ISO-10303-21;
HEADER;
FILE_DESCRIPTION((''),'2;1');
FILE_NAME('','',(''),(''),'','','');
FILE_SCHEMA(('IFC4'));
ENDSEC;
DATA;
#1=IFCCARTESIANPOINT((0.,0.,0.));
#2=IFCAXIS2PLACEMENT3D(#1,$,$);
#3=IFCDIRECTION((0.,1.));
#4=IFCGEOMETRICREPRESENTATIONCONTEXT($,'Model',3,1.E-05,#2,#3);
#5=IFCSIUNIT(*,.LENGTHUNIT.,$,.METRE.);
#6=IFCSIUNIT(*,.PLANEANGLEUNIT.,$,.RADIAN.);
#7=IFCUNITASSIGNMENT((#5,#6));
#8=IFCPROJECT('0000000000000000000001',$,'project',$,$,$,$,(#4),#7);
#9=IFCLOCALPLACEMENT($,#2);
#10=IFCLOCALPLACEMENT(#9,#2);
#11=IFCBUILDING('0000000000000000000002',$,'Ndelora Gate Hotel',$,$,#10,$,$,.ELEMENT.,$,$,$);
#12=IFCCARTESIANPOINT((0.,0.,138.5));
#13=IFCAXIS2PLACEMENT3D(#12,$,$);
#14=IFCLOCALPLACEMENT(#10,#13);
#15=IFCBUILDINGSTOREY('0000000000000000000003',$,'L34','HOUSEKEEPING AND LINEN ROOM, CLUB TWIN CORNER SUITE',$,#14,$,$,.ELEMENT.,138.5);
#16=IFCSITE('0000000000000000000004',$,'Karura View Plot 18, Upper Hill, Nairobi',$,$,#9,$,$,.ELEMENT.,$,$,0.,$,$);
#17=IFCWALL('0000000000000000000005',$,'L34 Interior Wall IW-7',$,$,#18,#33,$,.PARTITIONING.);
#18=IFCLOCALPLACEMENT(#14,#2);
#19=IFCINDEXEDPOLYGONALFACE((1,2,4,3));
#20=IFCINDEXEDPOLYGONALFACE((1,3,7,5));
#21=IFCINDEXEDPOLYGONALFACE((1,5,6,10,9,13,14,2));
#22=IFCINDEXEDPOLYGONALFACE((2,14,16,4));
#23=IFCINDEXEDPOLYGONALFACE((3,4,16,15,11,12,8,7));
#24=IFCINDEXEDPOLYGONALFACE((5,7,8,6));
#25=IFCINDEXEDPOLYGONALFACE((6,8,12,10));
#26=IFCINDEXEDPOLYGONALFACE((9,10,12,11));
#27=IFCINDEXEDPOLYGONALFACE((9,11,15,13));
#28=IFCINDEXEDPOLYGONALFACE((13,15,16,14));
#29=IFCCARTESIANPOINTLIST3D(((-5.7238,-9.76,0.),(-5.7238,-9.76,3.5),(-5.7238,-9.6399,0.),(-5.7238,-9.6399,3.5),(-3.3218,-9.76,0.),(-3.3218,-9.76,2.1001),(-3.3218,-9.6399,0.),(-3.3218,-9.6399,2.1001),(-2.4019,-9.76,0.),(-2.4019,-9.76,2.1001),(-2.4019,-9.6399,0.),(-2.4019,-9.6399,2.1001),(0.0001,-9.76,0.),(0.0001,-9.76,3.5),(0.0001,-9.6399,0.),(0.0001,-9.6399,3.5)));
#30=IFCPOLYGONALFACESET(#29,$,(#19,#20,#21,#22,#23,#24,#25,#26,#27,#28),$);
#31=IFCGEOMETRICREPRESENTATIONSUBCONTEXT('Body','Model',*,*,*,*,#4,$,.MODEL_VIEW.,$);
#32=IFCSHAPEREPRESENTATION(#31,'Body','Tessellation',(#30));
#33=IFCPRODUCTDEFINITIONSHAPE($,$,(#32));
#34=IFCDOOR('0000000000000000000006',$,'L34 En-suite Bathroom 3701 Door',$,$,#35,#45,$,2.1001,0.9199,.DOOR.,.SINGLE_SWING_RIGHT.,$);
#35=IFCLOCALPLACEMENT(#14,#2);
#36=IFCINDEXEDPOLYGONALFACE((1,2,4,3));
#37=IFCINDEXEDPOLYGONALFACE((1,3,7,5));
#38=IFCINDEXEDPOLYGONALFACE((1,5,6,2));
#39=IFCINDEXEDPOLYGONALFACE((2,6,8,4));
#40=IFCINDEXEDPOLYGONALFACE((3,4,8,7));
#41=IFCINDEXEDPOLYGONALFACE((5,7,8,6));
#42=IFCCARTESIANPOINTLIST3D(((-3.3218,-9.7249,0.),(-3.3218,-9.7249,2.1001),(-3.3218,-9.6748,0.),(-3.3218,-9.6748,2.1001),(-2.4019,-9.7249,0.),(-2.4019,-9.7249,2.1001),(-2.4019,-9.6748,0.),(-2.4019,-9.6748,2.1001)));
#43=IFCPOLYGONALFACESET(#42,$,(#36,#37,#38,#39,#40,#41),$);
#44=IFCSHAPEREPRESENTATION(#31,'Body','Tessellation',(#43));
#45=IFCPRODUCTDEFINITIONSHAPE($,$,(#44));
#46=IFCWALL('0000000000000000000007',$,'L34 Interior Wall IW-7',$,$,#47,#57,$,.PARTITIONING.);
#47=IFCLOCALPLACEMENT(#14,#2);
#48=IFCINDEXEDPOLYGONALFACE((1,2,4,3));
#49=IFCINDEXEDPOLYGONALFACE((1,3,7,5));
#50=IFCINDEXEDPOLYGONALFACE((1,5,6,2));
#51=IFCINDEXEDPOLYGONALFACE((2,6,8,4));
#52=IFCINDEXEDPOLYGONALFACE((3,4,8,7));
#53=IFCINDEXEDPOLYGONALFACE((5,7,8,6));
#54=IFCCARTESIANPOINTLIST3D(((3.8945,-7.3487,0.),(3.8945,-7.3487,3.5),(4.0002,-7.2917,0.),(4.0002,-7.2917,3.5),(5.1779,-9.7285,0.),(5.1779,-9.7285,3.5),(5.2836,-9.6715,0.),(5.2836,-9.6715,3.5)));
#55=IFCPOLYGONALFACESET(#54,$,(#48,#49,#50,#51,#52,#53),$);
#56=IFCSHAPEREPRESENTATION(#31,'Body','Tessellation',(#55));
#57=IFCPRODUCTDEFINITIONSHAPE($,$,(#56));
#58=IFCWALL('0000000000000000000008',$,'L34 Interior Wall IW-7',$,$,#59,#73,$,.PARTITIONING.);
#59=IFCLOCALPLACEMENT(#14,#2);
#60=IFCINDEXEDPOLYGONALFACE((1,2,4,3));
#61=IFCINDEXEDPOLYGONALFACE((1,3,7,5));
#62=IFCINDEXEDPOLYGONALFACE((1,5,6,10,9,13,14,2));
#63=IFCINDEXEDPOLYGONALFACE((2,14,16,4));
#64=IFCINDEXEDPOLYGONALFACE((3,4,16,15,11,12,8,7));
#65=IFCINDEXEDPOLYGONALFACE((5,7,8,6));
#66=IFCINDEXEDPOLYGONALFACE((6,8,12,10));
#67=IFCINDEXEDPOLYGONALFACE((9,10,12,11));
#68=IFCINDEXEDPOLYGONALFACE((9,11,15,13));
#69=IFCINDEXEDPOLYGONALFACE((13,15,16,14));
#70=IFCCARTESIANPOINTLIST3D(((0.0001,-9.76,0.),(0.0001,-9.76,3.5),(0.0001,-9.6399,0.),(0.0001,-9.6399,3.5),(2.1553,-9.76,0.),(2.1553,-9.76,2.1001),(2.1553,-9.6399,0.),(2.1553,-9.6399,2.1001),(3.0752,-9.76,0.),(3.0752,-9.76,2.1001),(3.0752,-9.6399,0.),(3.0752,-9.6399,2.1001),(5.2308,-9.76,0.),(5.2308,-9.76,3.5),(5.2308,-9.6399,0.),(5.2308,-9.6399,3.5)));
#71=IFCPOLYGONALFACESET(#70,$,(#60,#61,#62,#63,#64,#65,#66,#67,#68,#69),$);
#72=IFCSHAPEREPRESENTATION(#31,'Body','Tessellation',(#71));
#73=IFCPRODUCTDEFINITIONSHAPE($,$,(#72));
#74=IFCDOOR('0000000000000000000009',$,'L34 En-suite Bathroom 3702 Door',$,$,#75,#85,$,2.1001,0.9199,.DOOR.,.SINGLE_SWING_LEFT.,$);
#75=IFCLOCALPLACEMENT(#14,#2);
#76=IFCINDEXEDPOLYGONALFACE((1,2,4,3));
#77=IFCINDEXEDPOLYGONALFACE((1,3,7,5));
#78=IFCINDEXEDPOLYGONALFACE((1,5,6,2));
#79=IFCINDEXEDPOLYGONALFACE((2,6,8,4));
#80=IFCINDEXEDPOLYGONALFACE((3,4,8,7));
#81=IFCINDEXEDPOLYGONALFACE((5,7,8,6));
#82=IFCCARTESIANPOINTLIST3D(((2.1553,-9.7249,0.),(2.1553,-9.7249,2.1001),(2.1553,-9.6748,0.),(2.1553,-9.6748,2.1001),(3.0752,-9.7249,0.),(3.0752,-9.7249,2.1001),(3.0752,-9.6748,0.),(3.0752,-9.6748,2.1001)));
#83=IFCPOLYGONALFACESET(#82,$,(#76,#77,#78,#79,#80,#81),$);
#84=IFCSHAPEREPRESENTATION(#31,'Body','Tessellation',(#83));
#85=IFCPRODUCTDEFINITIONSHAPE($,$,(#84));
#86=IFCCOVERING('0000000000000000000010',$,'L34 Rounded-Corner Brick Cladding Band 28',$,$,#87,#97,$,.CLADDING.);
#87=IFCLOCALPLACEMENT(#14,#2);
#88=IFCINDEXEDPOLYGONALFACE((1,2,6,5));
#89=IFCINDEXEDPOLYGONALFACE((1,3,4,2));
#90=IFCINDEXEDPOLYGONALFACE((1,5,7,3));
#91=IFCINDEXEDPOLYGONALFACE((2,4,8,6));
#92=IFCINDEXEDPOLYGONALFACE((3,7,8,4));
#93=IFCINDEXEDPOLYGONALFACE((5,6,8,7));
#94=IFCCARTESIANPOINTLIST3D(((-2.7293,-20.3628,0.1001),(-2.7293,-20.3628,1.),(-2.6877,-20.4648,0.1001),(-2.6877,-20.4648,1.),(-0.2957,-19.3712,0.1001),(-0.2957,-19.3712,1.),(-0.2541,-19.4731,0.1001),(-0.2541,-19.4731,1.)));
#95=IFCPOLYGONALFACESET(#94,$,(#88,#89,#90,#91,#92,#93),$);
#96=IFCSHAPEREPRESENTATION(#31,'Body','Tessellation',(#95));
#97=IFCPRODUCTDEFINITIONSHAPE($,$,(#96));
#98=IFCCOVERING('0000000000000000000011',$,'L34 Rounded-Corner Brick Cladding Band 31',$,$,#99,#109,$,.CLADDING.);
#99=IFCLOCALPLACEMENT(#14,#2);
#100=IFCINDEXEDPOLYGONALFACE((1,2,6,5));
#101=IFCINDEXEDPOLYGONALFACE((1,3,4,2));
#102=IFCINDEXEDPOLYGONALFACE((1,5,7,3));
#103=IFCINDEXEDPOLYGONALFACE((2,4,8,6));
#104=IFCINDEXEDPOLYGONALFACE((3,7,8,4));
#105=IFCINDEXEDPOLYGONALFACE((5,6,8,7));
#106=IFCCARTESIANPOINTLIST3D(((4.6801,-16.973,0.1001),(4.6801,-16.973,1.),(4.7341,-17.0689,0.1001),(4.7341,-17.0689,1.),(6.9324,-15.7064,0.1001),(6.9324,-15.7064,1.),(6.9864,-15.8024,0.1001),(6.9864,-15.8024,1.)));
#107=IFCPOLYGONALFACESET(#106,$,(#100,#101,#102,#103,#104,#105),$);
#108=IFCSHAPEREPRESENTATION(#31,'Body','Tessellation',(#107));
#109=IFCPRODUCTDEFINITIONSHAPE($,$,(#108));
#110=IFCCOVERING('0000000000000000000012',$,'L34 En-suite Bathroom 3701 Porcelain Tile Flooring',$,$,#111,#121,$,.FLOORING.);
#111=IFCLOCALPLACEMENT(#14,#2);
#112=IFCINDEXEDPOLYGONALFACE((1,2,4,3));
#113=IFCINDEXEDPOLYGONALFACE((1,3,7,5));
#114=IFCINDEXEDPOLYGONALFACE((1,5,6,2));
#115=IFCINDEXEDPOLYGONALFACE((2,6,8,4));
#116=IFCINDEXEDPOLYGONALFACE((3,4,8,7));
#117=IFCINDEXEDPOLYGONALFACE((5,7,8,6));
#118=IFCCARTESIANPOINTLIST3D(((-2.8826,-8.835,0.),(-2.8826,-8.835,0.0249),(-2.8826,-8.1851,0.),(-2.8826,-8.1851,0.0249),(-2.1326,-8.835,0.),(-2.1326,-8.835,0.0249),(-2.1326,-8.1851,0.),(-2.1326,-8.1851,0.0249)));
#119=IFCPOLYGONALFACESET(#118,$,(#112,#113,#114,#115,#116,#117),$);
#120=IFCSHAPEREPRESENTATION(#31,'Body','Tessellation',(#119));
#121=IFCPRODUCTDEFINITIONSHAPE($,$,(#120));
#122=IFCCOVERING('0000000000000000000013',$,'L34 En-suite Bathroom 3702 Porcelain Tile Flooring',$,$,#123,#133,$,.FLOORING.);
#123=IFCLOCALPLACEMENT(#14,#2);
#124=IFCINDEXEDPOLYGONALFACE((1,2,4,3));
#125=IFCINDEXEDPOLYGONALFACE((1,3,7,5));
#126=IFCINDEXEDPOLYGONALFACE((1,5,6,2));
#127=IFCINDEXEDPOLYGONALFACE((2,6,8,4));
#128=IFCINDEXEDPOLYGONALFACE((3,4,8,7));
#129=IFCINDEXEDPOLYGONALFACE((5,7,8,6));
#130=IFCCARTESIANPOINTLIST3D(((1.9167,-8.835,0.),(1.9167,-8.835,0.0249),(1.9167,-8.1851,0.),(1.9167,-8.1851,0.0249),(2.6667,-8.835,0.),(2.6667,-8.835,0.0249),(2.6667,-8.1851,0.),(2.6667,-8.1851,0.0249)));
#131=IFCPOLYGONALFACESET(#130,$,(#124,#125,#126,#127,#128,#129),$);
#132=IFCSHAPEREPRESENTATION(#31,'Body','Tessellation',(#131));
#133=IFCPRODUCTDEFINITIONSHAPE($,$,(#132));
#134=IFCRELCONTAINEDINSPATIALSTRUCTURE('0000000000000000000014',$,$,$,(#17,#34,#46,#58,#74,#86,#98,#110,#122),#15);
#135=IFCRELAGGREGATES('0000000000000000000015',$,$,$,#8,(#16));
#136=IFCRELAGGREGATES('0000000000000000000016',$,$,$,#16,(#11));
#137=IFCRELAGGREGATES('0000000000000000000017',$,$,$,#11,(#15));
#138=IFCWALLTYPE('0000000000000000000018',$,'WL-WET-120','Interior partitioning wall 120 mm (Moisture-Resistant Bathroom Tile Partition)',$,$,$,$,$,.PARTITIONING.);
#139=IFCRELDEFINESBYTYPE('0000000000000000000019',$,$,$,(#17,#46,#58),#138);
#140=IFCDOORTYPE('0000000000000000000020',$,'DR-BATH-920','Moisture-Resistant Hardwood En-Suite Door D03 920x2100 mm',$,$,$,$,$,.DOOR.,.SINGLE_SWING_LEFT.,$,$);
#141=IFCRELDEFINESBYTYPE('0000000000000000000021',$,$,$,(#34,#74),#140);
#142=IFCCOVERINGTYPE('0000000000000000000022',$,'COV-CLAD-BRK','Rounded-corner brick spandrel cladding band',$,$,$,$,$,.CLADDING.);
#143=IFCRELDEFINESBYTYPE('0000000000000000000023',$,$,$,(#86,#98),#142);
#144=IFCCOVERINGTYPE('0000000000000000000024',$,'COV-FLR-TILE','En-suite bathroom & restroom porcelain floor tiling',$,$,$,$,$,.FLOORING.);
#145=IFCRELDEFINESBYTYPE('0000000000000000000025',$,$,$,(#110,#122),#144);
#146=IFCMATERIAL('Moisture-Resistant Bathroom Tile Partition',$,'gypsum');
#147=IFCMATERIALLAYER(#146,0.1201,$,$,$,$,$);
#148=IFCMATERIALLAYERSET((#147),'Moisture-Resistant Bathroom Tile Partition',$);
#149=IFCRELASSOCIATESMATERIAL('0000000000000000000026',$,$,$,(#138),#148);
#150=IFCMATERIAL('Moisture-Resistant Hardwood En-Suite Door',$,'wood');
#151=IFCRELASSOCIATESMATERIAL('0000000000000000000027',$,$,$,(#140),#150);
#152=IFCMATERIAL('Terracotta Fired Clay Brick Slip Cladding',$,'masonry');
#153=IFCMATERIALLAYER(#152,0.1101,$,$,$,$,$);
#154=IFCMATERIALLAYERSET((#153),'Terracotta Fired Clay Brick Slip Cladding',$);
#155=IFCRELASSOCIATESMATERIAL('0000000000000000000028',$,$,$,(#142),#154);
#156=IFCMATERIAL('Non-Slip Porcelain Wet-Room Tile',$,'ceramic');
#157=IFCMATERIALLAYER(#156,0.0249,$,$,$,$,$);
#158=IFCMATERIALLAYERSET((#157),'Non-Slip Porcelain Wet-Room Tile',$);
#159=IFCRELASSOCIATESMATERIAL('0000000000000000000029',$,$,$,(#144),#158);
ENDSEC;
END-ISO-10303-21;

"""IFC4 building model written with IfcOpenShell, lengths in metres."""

from ifc_helpers import new_model, si_unit, direction, frame, frame_2d, origin, origin_2d, place, context, subcontext, project, spatial, rectangle, extrude, material, layer, layer_set, type_object, element, fill, save


model = new_model("IFC4")

# Units and contexts
model_context = context("Model", 3, precision=1e-05, world=origin(), true_north=direction((0.0, 1.0)))
body_context = subcontext(model_context, "Body", "Model", "MODEL_VIEW")
ifc_project = project(units=[si_unit("LENGTHUNIT", "METRE"), si_unit("PLANEANGLEUNIT", "RADIAN")], contexts=[model_context])

# Site, building, storey
site_placement = place(None, origin())
site = spatial("IfcSite", under=ifc_project, at=site_placement, Name="Karura View Plot 18, Upper Hill, Nairobi", CompositionType="ELEMENT", RefElevation=0.0)
building_placement = place(site_placement, origin())
building = spatial("IfcBuilding", under=site, at=building_placement, Name="Ndelora Gate Hotel", CompositionType="ELEMENT")
storey_placement = place(building_placement, frame((0.0, 0.0, 138.5)))
storey = spatial("IfcBuildingStorey", under=building, at=storey_placement, Name="L34", Description="HOUSEKEEPING AND LINEN ROOM, CLUB TWIN CORNER SUITE", CompositionType="ELEMENT", Elevation=138.5)

# Wall, opening, door
ifc_material_1 = material(Name="Moisture-Resistant Bathroom Tile Partition", Category="gypsum")
ifc_layer_1 = layer(ifc_material_1, 0.1201)
ifc_layer_set_1 = layer_set([ifc_layer_1], Name="Moisture-Resistant Bathroom Tile Partition")
wall_type_1 = type_object("IfcWallType", Name="WL-WET-120", Description="Interior partitioning wall 120 mm (Moisture-Resistant Bathroom Tile Partition)", PredefinedType="PARTITIONING", material=ifc_layer_set_1)
wall_1_placement = place(storey_placement, frame((0.0, -9.7, 0.0), z_axis=(0.0, 0.0, 1.0), x_axis=(-1.0, 0.0, 0.0)))
wall_1 = element("IfcWall", 1, at=wall_1_placement, inside=storey, type_object=wall_type_1, Name="L34 Interior Wall IW-7", PredefinedType="PARTITIONING", context=body_context, shape_type="SweptSolid", body=[
    extrude(rectangle(XDim=5.7239, YDim=0.1201, at=frame_2d((2.8618, 0.0))), origin(), (0.0, 0.0, 1.0), 3.5),
])
opening_1_placement = place(wall_1_placement, frame((2.4019, 0.0, 0.0)))
opening_1 = element("IfcOpeningElement", 2, at=opening_1_placement, cuts=wall_1, PredefinedType="OPENING", context=body_context, shape_type="SweptSolid", body=[
    extrude(rectangle(XDim=0.9199, YDim=2.1001, at=frame_2d((0.46, 1.05))), frame((0.0, 0.0701, 0.0), z_axis=(0.0, -1.0, 0.0), x_axis=(1.0, 0.0, 0.0)), (0.0, 0.0, 1.0), 0.1401),
])
ifc_material_2 = material(Name="Moisture-Resistant Hardwood En-Suite Door", Category="wood")
door_type_1 = type_object("IfcDoorType", Name="DR-BATH-920", Description="Moisture-Resistant Hardwood En-Suite Door D03 920x2100 mm", OperationType="SINGLE_SWING_LEFT", PredefinedType="DOOR", material=ifc_material_2)
door_1_placement = place(opening_1_placement, origin())
door_1 = element("IfcDoor", 3, at=door_1_placement, inside=storey, type_object=door_type_1, Name="L34 En-suite Bathroom 3701 Door", OperationType="SINGLE_SWING_RIGHT", OverallHeight=2.1001, OverallWidth=0.9199, PredefinedType="DOOR", context=body_context, shape_type="SweptSolid", body=[
    extrude(rectangle(XDim=0.9199, YDim=2.1001, at=frame_2d((0.46, 1.05))), frame((0.0, 0.0249, 0.0), z_axis=(0.0, -1.0, 0.0), x_axis=(1.0, 0.0, 0.0)), (0.0, 0.0, 1.0), 0.05),
])
fill(opening_1, door_1)

# Wall
wall_2_placement = place(storey_placement, frame((3.9473, -7.3201, 0.0), z_axis=(0.0, 0.0, 1.0), x_axis=(0.474665, -0.880166, 0.0)))
element("IfcWall", 4, at=wall_2_placement, inside=storey, type_object=wall_type_1, Name="L34 Interior Wall IW-7", PredefinedType="PARTITIONING", context=body_context, shape_type="SweptSolid", body=[
    extrude(rectangle(XDim=2.7039, YDim=0.1201, at=frame_2d((1.3521, 0.0))), origin(), (0.0, 0.0, 1.0), 3.5),
])

# Wall, opening, door
wall_3_placement = place(storey_placement, frame((5.2307, -9.7, 0.0), z_axis=(0.0, 0.0, 1.0), x_axis=(-1.0, 0.0, 0.0)))
wall_3 = element("IfcWall", 5, at=wall_3_placement, inside=storey, type_object=wall_type_1, Name="L34 Interior Wall IW-7", PredefinedType="PARTITIONING", context=body_context, shape_type="SweptSolid", body=[
    extrude(rectangle(XDim=5.2307, YDim=0.1201, at=frame_2d((2.6152, 0.0))), origin(), (0.0, 0.0, 1.0), 3.5),
])
opening_2_placement = place(wall_3_placement, frame((2.1555, 0.0, 0.0)))
opening_2 = element("IfcOpeningElement", 6, at=opening_2_placement, cuts=wall_3, PredefinedType="OPENING", context=body_context, shape_type="SweptSolid", body=[
    extrude(rectangle(XDim=0.9199, YDim=2.1001, at=frame_2d((0.46, 1.05))), frame((0.0, 0.0701, 0.0), z_axis=(0.0, -1.0, 0.0), x_axis=(1.0, 0.0, 0.0)), (0.0, 0.0, 1.0), 0.1401),
])
door_2_placement = place(opening_2_placement, origin())
door_2 = element("IfcDoor", 7, at=door_2_placement, inside=storey, type_object=door_type_1, Name="L34 En-suite Bathroom 3702 Door", OperationType="SINGLE_SWING_LEFT", OverallHeight=2.1001, OverallWidth=0.9199, PredefinedType="DOOR", context=body_context, shape_type="SweptSolid", body=[
    extrude(rectangle(XDim=0.9199, YDim=2.1001, at=frame_2d((0.46, 1.05))), frame((0.0, 0.0249, 0.0), z_axis=(0.0, -1.0, 0.0), x_axis=(1.0, 0.0, 0.0)), (0.0, 0.0, 1.0), 0.05),
])
fill(opening_2, door_2)

# Coverings
ifc_material_3 = material(Name="Terracotta Fired Clay Brick Slip Cladding", Category="masonry")
ifc_layer_2 = layer(ifc_material_3, 0.1101)
ifc_layer_set_2 = layer_set([ifc_layer_2], Name="Terracotta Fired Clay Brick Slip Cladding")
covering_type_1 = type_object("IfcCoveringType", Name="COV-CLAD-BRK", Description="Rounded-corner brick spandrel cladding band", PredefinedType="CLADDING", material=ifc_layer_set_2)
covering_1_placement = place(storey_placement, frame((-1.4917, -19.918, 0.1001), z_axis=(0.0, 0.0, 1.0), x_axis=(0.926068, 0.377356, 0.0)))
element("IfcCovering", 8, at=covering_1_placement, inside=storey, type_object=covering_type_1, Name="L34 Rounded-Corner Brick Cladding Band 28", PredefinedType="CLADDING", context=body_context, shape_type="SweptSolid", body=[
    extrude(rectangle(XDim=2.6279, YDim=0.1101, at=origin_2d()), origin(), (0.0, 0.0, 1.0), 0.8999),
])
covering_2_placement = place(storey_placement, frame((5.8333, -16.3877, 0.1001), z_axis=(0.0, 0.0, 1.0), x_axis=(0.871642, 0.490143, 0.0)))
element("IfcCovering", 9, at=covering_2_placement, inside=storey, type_object=covering_type_1, Name="L34 Rounded-Corner Brick Cladding Band 31", PredefinedType="CLADDING", context=body_context, shape_type="SweptSolid", body=[
    extrude(rectangle(XDim=2.584, YDim=0.1101, at=origin_2d()), origin(), (0.0, 0.0, 1.0), 0.8999),
])
ifc_material_4 = material(Name="Non-Slip Porcelain Wet-Room Tile", Category="ceramic")
ifc_layer_3 = layer(ifc_material_4, 0.0249)
ifc_layer_set_3 = layer_set([ifc_layer_3], Name="Non-Slip Porcelain Wet-Room Tile")
covering_type_2 = type_object("IfcCoveringType", Name="COV-FLR-TILE", Description="En-suite bathroom & restroom porcelain floor tiling", PredefinedType="FLOORING", material=ifc_layer_set_3)
for number, where, z_axis, x_axis, name in (
    (10, (-2.5076, -8.51, 0.0), (0.0, 0.0, 1.0), (1.0, 0.0, 0.0), "L34 En-suite Bathroom 3701 Porcelain Tile Flooring"),
    (11, (2.2917, -8.51, 0.0), (0.0, 0.0, 1.0), (1.0, 0.0, 0.0), "L34 En-suite Bathroom 3702 Porcelain Tile Flooring"),
):
    element("IfcCovering", number, at=place(storey_placement, frame(where, z_axis=z_axis, x_axis=x_axis)), inside=storey, type_object=covering_type_2, Name=name, PredefinedType="FLOORING", context=body_context, shape_type="SweptSolid", body=[
        extrude(rectangle(XDim=0.75, YDim=0.6499, at=origin_2d()), origin(), (0.0, 0.0, 1.0), 0.0249),
    ])

save(model, "model.ifc")
